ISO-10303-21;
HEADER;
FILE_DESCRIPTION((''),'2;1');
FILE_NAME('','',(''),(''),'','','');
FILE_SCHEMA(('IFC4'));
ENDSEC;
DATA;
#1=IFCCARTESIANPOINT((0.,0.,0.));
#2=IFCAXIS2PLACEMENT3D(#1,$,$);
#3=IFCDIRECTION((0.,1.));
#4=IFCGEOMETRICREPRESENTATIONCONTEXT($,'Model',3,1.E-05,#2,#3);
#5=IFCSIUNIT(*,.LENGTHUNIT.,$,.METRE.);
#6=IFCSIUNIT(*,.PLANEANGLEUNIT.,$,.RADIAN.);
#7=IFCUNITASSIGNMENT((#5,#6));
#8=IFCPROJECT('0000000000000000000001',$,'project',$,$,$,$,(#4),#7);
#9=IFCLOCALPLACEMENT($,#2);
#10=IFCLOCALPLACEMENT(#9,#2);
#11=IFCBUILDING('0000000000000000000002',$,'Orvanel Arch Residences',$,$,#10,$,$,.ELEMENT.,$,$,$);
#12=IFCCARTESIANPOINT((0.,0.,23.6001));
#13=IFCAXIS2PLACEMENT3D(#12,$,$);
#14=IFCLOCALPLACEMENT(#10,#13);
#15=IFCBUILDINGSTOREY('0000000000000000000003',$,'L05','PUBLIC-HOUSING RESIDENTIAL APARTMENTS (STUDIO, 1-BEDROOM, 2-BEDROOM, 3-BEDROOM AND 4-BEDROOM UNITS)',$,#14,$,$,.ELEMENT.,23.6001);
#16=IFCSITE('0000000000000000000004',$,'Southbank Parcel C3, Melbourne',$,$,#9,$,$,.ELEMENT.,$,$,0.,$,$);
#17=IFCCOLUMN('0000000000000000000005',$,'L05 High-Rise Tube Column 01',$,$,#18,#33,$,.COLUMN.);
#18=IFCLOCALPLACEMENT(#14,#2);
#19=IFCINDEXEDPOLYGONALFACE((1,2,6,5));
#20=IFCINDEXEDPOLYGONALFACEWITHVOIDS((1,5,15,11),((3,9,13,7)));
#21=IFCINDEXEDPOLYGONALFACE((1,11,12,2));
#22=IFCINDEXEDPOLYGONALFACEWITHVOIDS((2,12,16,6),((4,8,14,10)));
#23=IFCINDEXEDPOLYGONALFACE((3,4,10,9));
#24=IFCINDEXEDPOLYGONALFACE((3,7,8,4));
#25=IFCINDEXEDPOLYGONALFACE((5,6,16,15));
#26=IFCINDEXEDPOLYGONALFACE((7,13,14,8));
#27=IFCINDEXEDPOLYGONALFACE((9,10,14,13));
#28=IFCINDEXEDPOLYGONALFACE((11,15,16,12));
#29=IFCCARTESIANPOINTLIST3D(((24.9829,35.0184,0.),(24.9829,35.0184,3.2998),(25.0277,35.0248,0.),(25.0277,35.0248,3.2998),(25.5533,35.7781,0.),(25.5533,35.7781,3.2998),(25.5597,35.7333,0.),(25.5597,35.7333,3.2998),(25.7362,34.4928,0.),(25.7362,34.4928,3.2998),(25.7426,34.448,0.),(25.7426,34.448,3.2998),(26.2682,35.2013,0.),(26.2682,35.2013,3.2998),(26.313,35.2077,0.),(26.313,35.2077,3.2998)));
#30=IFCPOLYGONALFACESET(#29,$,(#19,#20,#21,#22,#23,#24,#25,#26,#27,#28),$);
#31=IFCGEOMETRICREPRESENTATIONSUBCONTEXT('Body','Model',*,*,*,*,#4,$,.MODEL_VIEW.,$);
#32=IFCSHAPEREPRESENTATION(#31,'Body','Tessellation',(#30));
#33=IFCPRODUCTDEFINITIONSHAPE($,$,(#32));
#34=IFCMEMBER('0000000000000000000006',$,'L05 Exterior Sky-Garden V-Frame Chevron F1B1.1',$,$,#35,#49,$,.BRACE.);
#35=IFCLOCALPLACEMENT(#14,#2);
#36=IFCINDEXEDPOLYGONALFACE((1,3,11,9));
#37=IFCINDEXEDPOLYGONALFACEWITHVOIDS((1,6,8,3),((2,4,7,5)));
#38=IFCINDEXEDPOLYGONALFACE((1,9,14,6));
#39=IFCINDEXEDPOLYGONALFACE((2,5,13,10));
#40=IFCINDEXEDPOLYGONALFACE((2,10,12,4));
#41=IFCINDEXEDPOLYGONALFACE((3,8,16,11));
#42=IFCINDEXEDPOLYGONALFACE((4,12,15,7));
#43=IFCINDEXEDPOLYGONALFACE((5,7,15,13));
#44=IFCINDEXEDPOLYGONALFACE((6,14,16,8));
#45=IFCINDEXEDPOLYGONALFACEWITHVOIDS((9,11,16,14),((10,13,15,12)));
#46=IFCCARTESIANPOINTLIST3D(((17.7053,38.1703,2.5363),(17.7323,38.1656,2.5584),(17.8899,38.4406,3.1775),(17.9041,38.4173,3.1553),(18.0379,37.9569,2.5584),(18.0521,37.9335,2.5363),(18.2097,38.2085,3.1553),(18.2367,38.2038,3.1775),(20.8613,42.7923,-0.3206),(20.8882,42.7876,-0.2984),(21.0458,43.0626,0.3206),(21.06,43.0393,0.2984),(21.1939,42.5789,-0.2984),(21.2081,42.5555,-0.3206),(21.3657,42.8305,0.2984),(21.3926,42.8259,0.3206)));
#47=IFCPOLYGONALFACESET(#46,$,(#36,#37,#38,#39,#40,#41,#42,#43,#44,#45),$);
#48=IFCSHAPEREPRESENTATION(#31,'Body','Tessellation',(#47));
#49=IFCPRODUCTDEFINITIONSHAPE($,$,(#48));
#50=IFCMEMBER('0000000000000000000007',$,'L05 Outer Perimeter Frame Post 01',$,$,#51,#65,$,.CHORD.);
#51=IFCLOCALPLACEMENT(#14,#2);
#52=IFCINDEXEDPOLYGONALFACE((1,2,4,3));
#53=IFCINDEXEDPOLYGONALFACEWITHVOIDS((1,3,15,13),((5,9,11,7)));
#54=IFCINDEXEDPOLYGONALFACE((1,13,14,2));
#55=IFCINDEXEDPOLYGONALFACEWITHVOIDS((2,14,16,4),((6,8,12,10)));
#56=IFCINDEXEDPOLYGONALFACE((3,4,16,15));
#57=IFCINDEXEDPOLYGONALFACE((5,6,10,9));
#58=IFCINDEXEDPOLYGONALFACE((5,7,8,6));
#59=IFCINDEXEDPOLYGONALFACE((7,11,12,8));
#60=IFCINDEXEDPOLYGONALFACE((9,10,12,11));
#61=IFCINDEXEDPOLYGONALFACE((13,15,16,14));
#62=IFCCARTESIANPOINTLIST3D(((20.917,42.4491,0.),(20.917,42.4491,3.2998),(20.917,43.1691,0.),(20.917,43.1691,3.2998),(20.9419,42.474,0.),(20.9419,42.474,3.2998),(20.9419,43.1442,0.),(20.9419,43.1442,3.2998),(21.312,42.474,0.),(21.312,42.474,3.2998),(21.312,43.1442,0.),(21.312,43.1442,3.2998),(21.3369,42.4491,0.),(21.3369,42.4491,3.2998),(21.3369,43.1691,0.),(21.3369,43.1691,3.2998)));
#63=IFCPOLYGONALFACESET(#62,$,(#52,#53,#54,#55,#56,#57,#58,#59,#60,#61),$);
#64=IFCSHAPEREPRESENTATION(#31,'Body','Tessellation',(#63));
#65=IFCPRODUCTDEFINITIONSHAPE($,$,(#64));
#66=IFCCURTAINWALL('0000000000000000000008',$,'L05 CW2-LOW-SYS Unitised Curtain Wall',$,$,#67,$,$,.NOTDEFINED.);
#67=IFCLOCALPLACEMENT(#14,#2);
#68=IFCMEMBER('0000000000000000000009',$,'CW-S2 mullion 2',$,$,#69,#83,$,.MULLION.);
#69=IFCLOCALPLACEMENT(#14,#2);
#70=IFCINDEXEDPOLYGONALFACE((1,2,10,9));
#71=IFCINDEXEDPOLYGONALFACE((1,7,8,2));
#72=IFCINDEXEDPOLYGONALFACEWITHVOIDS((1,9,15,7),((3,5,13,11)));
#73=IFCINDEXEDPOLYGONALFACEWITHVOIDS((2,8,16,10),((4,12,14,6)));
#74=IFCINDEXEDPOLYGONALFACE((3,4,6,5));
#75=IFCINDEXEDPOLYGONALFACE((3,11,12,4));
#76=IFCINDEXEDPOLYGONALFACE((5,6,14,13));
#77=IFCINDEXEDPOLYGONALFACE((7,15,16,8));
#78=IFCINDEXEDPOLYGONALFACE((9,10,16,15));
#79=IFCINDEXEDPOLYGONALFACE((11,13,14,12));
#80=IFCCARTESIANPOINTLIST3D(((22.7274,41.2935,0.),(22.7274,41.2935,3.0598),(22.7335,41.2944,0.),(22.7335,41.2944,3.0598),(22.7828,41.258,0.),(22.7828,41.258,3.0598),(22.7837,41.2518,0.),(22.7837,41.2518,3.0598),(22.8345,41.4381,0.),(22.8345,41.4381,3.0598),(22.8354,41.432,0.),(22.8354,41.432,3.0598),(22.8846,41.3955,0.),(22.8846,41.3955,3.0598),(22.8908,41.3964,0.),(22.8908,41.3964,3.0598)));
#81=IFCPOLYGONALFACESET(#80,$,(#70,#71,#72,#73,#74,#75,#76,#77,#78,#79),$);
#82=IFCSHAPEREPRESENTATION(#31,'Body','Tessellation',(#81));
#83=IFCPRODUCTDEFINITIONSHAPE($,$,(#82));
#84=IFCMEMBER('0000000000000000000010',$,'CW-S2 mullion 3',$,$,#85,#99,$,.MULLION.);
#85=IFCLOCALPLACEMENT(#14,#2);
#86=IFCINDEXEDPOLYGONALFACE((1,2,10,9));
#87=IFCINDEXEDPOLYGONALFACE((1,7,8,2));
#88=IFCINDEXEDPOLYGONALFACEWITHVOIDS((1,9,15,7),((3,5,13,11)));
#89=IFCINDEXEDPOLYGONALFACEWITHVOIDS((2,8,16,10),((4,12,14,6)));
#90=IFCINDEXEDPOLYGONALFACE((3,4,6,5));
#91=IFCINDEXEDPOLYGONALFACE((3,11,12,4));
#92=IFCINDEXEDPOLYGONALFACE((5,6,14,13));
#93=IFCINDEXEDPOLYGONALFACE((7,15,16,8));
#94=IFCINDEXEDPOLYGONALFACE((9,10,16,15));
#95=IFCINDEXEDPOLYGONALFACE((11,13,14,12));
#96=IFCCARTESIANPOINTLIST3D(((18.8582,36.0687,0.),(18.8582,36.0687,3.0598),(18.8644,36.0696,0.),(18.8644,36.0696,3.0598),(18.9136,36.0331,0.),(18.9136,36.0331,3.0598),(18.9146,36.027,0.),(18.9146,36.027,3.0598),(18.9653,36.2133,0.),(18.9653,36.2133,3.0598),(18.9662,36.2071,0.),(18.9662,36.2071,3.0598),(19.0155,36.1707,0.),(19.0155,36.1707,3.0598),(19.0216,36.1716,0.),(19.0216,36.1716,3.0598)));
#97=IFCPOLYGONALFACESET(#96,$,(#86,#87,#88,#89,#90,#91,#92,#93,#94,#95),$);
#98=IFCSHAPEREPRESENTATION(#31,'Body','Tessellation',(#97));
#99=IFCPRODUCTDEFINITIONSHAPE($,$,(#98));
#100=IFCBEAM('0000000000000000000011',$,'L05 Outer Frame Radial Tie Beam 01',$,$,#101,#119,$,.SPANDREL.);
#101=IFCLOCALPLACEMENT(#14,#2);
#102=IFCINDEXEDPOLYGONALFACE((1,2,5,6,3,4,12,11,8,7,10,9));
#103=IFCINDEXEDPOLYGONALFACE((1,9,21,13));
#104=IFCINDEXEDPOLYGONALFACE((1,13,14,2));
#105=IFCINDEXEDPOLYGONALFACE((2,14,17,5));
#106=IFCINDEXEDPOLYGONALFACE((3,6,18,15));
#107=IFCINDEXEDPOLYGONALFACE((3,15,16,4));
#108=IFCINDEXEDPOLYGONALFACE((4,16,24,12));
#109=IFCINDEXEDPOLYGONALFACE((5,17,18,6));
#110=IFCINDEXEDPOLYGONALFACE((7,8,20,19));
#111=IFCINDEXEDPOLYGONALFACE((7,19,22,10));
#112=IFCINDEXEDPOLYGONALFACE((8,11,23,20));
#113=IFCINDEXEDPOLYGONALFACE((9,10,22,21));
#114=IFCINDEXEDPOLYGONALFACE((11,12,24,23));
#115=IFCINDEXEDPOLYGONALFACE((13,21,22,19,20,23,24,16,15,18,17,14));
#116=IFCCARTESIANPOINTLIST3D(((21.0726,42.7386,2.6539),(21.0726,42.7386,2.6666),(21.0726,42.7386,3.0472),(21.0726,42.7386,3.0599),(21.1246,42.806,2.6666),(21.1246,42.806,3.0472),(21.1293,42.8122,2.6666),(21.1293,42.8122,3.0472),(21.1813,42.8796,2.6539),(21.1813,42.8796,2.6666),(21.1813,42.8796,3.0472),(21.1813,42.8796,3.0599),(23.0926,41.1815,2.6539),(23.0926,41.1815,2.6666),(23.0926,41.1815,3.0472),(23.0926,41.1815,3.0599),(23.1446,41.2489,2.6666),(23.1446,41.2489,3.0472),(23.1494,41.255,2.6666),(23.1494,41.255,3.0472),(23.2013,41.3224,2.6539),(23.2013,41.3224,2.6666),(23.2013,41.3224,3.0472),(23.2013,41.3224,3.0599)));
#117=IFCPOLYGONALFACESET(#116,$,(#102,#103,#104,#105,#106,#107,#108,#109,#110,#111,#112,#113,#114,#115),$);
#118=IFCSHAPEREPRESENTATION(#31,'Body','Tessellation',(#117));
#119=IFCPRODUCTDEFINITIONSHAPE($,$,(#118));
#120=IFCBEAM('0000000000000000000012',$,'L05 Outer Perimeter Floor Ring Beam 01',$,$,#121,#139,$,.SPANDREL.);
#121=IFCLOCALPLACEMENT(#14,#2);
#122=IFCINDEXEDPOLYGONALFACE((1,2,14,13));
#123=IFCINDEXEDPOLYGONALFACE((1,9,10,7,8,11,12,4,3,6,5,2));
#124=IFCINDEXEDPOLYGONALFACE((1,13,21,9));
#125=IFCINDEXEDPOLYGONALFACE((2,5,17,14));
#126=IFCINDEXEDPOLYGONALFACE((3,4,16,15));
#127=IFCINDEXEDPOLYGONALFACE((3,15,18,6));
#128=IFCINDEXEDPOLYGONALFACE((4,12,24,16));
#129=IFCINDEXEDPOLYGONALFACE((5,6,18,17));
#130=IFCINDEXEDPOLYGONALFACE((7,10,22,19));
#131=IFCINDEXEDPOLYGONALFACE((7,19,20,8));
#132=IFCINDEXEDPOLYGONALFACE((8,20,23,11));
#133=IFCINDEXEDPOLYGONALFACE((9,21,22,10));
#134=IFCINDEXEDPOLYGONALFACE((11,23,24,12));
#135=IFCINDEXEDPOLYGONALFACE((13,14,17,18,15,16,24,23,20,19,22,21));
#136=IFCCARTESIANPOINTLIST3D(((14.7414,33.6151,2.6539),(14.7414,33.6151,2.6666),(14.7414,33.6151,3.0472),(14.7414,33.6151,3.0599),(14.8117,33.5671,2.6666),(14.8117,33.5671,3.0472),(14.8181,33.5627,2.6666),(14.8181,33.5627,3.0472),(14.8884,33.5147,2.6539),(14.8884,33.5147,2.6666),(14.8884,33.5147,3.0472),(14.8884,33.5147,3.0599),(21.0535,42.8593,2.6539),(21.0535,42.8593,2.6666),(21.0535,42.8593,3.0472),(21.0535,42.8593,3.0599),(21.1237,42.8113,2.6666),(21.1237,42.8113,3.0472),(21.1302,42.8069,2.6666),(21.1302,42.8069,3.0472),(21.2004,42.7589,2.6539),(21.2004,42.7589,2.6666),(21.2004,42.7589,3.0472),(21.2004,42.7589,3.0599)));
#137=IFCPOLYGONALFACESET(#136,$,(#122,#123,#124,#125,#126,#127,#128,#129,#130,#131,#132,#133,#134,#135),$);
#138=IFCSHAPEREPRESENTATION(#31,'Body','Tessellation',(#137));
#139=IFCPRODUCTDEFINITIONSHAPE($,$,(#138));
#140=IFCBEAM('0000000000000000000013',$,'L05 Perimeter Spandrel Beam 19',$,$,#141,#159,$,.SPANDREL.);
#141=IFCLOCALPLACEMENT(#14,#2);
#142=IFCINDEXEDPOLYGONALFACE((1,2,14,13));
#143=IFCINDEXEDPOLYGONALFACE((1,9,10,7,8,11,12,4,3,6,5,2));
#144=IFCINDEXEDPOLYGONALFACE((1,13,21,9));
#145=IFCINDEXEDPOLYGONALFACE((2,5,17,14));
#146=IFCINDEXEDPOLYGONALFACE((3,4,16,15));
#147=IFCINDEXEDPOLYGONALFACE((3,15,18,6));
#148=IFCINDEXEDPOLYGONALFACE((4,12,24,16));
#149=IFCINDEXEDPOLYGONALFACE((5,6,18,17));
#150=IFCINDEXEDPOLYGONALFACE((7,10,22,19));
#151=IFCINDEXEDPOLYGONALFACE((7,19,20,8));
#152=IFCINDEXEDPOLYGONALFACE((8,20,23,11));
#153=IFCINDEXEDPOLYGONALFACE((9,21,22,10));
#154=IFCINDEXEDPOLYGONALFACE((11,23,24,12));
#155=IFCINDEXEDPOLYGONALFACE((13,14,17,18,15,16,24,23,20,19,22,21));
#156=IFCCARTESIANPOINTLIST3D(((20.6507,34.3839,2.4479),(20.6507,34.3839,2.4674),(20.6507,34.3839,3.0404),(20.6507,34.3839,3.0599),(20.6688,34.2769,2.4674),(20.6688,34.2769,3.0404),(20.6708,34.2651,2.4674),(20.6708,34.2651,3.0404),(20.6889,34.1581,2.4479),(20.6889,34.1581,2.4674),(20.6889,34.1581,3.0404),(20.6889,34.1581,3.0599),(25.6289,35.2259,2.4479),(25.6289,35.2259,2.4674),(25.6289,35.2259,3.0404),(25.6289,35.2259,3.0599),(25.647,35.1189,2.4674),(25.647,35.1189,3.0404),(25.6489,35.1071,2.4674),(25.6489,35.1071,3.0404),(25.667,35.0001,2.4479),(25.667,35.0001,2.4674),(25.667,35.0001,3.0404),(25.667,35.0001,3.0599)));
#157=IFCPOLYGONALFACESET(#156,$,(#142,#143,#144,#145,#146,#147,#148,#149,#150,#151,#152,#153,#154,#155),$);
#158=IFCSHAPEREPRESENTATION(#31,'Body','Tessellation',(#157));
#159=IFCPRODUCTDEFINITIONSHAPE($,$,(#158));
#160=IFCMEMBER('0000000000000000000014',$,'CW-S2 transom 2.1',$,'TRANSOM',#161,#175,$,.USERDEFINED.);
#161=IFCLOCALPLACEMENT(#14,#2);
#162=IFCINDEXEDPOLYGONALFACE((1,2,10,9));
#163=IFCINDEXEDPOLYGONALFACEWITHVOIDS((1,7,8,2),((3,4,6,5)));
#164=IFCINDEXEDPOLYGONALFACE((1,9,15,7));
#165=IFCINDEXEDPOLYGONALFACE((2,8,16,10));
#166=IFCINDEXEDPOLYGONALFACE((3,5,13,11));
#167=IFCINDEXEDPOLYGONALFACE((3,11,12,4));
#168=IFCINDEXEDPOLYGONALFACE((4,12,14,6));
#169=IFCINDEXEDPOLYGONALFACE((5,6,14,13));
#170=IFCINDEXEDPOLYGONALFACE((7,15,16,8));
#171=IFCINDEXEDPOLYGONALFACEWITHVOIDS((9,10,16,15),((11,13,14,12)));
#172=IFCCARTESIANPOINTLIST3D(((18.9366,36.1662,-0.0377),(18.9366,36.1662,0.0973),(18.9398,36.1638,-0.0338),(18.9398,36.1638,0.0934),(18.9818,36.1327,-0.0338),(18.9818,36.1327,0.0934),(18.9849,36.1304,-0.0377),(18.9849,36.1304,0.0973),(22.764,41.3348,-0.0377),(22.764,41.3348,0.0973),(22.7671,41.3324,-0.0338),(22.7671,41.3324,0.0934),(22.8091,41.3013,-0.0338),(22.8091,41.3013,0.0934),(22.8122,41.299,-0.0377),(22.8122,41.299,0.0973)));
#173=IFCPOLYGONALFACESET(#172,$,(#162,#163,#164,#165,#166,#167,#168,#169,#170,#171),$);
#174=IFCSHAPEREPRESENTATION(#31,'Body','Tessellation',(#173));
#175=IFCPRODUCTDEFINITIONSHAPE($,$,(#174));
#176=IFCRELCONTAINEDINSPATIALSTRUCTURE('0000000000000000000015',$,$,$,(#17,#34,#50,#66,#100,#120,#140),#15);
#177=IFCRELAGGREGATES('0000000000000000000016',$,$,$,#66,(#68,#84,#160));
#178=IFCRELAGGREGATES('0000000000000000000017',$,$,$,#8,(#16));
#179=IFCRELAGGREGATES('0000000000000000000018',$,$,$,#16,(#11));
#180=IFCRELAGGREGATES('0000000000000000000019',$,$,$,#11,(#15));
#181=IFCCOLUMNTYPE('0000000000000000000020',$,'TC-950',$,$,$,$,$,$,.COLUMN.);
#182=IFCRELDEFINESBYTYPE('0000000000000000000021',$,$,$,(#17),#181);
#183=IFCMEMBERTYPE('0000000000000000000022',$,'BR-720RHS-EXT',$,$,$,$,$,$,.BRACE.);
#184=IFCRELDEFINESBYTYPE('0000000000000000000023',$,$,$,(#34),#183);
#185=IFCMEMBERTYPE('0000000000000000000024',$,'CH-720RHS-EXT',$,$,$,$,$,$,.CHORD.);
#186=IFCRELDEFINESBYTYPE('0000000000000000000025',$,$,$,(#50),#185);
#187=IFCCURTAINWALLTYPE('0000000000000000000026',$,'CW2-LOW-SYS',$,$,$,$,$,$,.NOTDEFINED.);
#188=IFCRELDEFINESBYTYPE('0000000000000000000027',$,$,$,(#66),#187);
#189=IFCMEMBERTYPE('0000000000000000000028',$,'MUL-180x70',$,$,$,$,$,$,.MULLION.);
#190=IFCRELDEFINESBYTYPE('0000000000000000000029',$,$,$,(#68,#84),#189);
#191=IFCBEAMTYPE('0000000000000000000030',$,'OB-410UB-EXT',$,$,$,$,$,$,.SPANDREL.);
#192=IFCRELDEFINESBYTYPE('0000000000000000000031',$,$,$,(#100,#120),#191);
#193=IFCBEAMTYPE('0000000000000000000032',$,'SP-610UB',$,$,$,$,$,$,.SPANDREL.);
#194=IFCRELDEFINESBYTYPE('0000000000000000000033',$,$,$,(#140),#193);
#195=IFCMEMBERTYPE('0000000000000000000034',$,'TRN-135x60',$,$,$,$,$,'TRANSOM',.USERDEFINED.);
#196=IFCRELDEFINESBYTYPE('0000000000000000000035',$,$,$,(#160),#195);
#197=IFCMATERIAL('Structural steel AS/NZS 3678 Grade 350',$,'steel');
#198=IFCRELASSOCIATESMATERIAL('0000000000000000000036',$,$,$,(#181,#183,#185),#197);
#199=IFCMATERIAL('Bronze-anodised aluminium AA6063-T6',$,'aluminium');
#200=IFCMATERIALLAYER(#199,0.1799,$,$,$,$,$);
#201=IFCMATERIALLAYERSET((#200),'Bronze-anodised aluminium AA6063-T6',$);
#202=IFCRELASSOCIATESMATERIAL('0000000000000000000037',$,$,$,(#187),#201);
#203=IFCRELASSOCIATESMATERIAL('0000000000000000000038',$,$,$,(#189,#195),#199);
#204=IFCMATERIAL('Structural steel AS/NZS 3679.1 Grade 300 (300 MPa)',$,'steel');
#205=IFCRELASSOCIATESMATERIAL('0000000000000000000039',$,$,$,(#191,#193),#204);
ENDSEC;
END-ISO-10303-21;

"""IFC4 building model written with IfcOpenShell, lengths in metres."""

from ifc_helpers import new_model, si_unit, direction, frame, origin, origin_2d, place, context, subcontext, project, spatial, hollow_rectangle, i_section, extrude, material, layer, layer_set, material_profile, profile_set, type_object, element, aggregate, save


model = new_model("IFC4")

# Units and contexts
model_context = context("Model", 3, precision=1e-05, world=origin(), true_north=direction((0.0, 1.0)))
body_context = subcontext(model_context, "Body", "Model", "MODEL_VIEW")
ifc_project = project(units=[si_unit("LENGTHUNIT", "METRE"), si_unit("PLANEANGLEUNIT", "RADIAN")], contexts=[model_context])

# Site, building, storey
site_placement = place(None, origin())
site = spatial("IfcSite", under=ifc_project, at=site_placement, Name="Southbank Parcel C3, Melbourne", CompositionType="ELEMENT", RefElevation=0.0)
building_placement = place(site_placement, origin())
building = spatial("IfcBuilding", under=site, at=building_placement, Name="Orvanel Arch Residences", CompositionType="ELEMENT")
storey_placement = place(building_placement, frame((0.0, 0.0, 23.6001)))
storey = spatial("IfcBuildingStorey", under=building, at=storey_placement, Name="L05", Description="PUBLIC-HOUSING RESIDENTIAL APARTMENTS (STUDIO, 1-BEDROOM, 2-BEDROOM, 3-BEDROOM AND 4-BEDROOM UNITS)", CompositionType="ELEMENT", Elevation=23.6001)

# Column
ifc_material_1 = material(Name="Structural steel AS/NZS 3678 Grade 350", Category="steel")
ifc_material_profile_1 = material_profile(ifc_material_1, hollow_rectangle(XDim=0.95, YDim=0.95, WallThickness=0.032, at=origin_2d()), Name="BOX950x950x32")
ifc_profile_set_1 = profile_set([ifc_material_profile_1], Name="Structural steel AS/NZS 3678 Grade 350")
column_type = type_object("IfcColumnType", Name="TC-950", PredefinedType="COLUMN", material=ifc_profile_set_1)
column_placement = place(storey_placement, frame((25.6479, 35.113, 0.0), z_axis=(0.0, 0.0, 1.0), x_axis=(0.60042, 0.799685, 0.0)))
element("IfcColumn", 1, at=column_placement, inside=storey, type_object=column_type, Name="L05 High-Rise Tube Column 01", PredefinedType="COLUMN", context=body_context, shape_type="SweptSolid", body=[
    extrude(hollow_rectangle(XDim=0.95, YDim=0.95, WallThickness=0.032, at=origin_2d()), origin(), (0.0, 0.0, 1.0), 3.2998),
])

# Members
ifc_material_profile_2 = material_profile(ifc_material_1, hollow_rectangle(XDim=0.4199, YDim=0.72, WallThickness=0.0249, at=origin_2d()), Name="RHS720x420x25")
ifc_profile_set_2 = profile_set([ifc_material_profile_2], Name="Structural steel AS/NZS 3678 Grade 350")
member_type_1 = type_object("IfcMemberType", Name="BR-720RHS-EXT", PredefinedType="BRACE", material=ifc_profile_set_2)
member_1_placement = place(storey_placement, frame((21.127, 42.8091, 0.0), z_axis=(-0.502246, -0.735555, 0.454652), x_axis=(0.825845, -0.563897, 0.0)))
element("IfcMember", 2, at=member_1_placement, inside=storey, type_object=member_type_1, Name="L05 Exterior Sky-Garden V-Frame Chevron F1B1.1", PredefinedType="BRACE", context=body_context, shape_type="SweptSolid", body=[
    extrude(hollow_rectangle(XDim=0.4199, YDim=0.72, WallThickness=0.0249, at=origin_2d()), origin(), (0.0, 0.0, 1.0), 6.2837),
])
ifc_material_profile_3 = material_profile(ifc_material_1, hollow_rectangle(XDim=0.4199, YDim=0.72, WallThickness=0.0249, at=origin_2d()), Name="RHS720x420x25")
ifc_profile_set_3 = profile_set([ifc_material_profile_3], Name="Structural steel AS/NZS 3678 Grade 350")
member_type_2 = type_object("IfcMemberType", Name="CH-720RHS-EXT", PredefinedType="CHORD", material=ifc_profile_set_3)
member_2_placement = place(storey_placement, frame((21.127, 42.8091, 0.0), z_axis=(0.0, 0.0, 1.0), x_axis=(1.0, 0.0, 0.0)))
element("IfcMember", 3, at=member_2_placement, inside=storey, type_object=member_type_2, Name="L05 Outer Perimeter Frame Post 01", PredefinedType="CHORD", context=body_context, shape_type="SweptSolid", body=[
    extrude(hollow_rectangle(XDim=0.4199, YDim=0.72, WallThickness=0.0249, at=origin_2d()), origin(), (0.0, 0.0, 1.0), 3.2998),
])

# Curtain wall, members
ifc_material_2 = material(Name="Bronze-anodised aluminium AA6063-T6", Category="aluminium")
ifc_layer_1 = layer(ifc_material_2, 0.1799)
ifc_layer_set_1 = layer_set([ifc_layer_1], Name="Bronze-anodised aluminium AA6063-T6")
curtain_wall_type = type_object("IfcCurtainWallType", Name="CW2-LOW-SYS", PredefinedType="NOTDEFINED", material=ifc_layer_set_1)
curtain_wall_placement = place(storey_placement, origin())
curtain_wall = element("IfcCurtainWall", 4, at=curtain_wall_placement, inside=storey, type_object=curtain_wall_type, Name="L05 CW2-LOW-SYS Unitised Curtain Wall", PredefinedType="NOTDEFINED")
ifc_material_profile_4 = material_profile(ifc_material_2, hollow_rectangle(XDim=0.0701, YDim=0.1799, WallThickness=0.0044, at=origin_2d()), Name="ALU180x70x4.5")
ifc_profile_set_4 = profile_set([ifc_material_profile_4], Name="Bronze-anodised aluminium AA6063-T6")
member_type_3 = type_object("IfcMemberType", Name="MUL-180x70", PredefinedType="MULLION", material=ifc_profile_set_4)
member_3_placement = place(storey_placement, frame((22.8091, 41.345, 0.0), z_axis=(0.0, 0.0, 1.0), x_axis=(0.803638, -0.595118, 0.0)))
member_3 = element("IfcMember", 5, at=member_3_placement, type_object=member_type_3, Name="CW-S2 mullion 2", PredefinedType="MULLION", context=body_context, shape_type="SweptSolid", body=[
    extrude(hollow_rectangle(XDim=0.0701, YDim=0.1799, WallThickness=0.0044, at=origin_2d()), origin(), (0.0, 0.0, 1.0), 3.0598),
])
member_4_placement = place(storey_placement, frame((18.9399, 36.1201, 0.0), z_axis=(0.0, 0.0, 1.0), x_axis=(0.803638, -0.595118, 0.0)))
member_4 = element("IfcMember", 6, at=member_4_placement, type_object=member_type_3, Name="CW-S2 mullion 3", PredefinedType="MULLION", context=body_context, shape_type="SweptSolid", body=[
    extrude(hollow_rectangle(XDim=0.0701, YDim=0.1799, WallThickness=0.0044, at=origin_2d()), origin(), (0.0, 0.0, 1.0), 3.0598),
])

# Beams
ifc_material_3 = material(Name="Structural steel AS/NZS 3679.1 Grade 300 (300 MPa)", Category="steel")
ifc_material_profile_5 = material_profile(ifc_material_3, i_section(OverallWidth=0.178, OverallDepth=0.406, WebThickness=0.0078, FlangeThickness=0.0127, at=origin_2d()), Name="410UB59.7")
ifc_profile_set_5 = profile_set([ifc_material_profile_5], Name="Structural steel AS/NZS 3679.1 Grade 300 (300 MPa)")
beam_type_1 = type_object("IfcBeamType", Name="OB-410UB-EXT", PredefinedType="SPANDREL", material=ifc_profile_set_5)
beam_1_placement = place(storey_placement, frame((23.147, 41.252, 2.8569), z_axis=(-0.792004, 0.610515, 0.0), x_axis=(-0.610515, -0.792004, 0.0)))
element("IfcBeam", 7, at=beam_1_placement, inside=storey, type_object=beam_type_1, Name="L05 Outer Frame Radial Tie Beam 01", PredefinedType="SPANDREL", context=body_context, shape_type="SweptSolid", body=[
    extrude(i_section(OverallWidth=0.178, OverallDepth=0.406, WebThickness=0.0078, FlangeThickness=0.0127, at=origin_2d()), origin(), (0.0, 0.0, 1.0), 2.5505),
])
beam_2_placement = place(storey_placement, frame((21.127, 42.8091, 2.8569), z_axis=(-0.563897, -0.825845, 0.0), x_axis=(0.825845, -0.563897, 0.0)))
element("IfcBeam", 8, at=beam_2_placement, inside=storey, type_object=beam_type_1, Name="L05 Outer Perimeter Floor Ring Beam 01", PredefinedType="SPANDREL", context=body_context, shape_type="SweptSolid", body=[
    extrude(i_section(OverallWidth=0.178, OverallDepth=0.406, WebThickness=0.0078, FlangeThickness=0.0127, at=origin_2d()), origin(), (0.0, 0.0, 1.0), 11.1936),
])
ifc_material_profile_6 = material_profile(ifc_material_3, i_section(OverallWidth=0.229, OverallDepth=0.6121, WebThickness=0.012, FlangeThickness=0.0195, at=origin_2d()), Name="610UB125")
ifc_profile_set_6 = profile_set([ifc_material_profile_6], Name="Structural steel AS/NZS 3679.1 Grade 300 (300 MPa)")
beam_type_2 = type_object("IfcBeamType", Name="SP-610UB", PredefinedType="SPANDREL", material=ifc_profile_set_6)
beam_3_placement = place(storey_placement, frame((25.6479, 35.113, 2.7539), z_axis=(-0.985994, -0.166782, 0.0), x_axis=(0.166782, -0.985994, 0.0)))
element("IfcBeam", 9, at=beam_3_placement, inside=storey, type_object=beam_type_2, Name="L05 Perimeter Spandrel Beam 19", PredefinedType="SPANDREL", context=body_context, shape_type="SweptSolid", body=[
    extrude(i_section(OverallWidth=0.229, OverallDepth=0.6121, WebThickness=0.012, FlangeThickness=0.0195, at=origin_2d()), origin(), (0.0, 0.0, 1.0), 5.0488),
])

# Member
ifc_material_profile_7 = material_profile(ifc_material_2, hollow_rectangle(XDim=0.0601, YDim=0.135, WallThickness=0.0039, at=origin_2d()), Name="ALU135x60x4")
ifc_profile_set_7 = profile_set([ifc_material_profile_7], Name="Bronze-anodised aluminium AA6063-T6")
member_type_4 = type_object("IfcMemberType", Name="TRN-135x60", ElementType="TRANSOM", PredefinedType="USERDEFINED", material=ifc_profile_set_7)
member_5_placement = place(storey_placement, frame((22.7881, 41.3169, 0.0298), z_axis=(-0.5951, -0.803652, 0.0), x_axis=(0.803652, -0.5951, 0.0)))
member_5 = element("IfcMember", 10, at=member_5_placement, type_object=member_type_4, Name="CW-S2 transom 2.1", ObjectType="TRANSOM", PredefinedType="USERDEFINED", context=body_context, shape_type="SweptSolid", body=[
    extrude(hollow_rectangle(XDim=0.0601, YDim=0.135, WallThickness=0.0039, at=origin_2d()), origin(), (0.0, 0.0, 1.0), 6.4314),
])

aggregate(curtain_wall, [member_3, member_4, member_5])

save(model, "model.ifc")
